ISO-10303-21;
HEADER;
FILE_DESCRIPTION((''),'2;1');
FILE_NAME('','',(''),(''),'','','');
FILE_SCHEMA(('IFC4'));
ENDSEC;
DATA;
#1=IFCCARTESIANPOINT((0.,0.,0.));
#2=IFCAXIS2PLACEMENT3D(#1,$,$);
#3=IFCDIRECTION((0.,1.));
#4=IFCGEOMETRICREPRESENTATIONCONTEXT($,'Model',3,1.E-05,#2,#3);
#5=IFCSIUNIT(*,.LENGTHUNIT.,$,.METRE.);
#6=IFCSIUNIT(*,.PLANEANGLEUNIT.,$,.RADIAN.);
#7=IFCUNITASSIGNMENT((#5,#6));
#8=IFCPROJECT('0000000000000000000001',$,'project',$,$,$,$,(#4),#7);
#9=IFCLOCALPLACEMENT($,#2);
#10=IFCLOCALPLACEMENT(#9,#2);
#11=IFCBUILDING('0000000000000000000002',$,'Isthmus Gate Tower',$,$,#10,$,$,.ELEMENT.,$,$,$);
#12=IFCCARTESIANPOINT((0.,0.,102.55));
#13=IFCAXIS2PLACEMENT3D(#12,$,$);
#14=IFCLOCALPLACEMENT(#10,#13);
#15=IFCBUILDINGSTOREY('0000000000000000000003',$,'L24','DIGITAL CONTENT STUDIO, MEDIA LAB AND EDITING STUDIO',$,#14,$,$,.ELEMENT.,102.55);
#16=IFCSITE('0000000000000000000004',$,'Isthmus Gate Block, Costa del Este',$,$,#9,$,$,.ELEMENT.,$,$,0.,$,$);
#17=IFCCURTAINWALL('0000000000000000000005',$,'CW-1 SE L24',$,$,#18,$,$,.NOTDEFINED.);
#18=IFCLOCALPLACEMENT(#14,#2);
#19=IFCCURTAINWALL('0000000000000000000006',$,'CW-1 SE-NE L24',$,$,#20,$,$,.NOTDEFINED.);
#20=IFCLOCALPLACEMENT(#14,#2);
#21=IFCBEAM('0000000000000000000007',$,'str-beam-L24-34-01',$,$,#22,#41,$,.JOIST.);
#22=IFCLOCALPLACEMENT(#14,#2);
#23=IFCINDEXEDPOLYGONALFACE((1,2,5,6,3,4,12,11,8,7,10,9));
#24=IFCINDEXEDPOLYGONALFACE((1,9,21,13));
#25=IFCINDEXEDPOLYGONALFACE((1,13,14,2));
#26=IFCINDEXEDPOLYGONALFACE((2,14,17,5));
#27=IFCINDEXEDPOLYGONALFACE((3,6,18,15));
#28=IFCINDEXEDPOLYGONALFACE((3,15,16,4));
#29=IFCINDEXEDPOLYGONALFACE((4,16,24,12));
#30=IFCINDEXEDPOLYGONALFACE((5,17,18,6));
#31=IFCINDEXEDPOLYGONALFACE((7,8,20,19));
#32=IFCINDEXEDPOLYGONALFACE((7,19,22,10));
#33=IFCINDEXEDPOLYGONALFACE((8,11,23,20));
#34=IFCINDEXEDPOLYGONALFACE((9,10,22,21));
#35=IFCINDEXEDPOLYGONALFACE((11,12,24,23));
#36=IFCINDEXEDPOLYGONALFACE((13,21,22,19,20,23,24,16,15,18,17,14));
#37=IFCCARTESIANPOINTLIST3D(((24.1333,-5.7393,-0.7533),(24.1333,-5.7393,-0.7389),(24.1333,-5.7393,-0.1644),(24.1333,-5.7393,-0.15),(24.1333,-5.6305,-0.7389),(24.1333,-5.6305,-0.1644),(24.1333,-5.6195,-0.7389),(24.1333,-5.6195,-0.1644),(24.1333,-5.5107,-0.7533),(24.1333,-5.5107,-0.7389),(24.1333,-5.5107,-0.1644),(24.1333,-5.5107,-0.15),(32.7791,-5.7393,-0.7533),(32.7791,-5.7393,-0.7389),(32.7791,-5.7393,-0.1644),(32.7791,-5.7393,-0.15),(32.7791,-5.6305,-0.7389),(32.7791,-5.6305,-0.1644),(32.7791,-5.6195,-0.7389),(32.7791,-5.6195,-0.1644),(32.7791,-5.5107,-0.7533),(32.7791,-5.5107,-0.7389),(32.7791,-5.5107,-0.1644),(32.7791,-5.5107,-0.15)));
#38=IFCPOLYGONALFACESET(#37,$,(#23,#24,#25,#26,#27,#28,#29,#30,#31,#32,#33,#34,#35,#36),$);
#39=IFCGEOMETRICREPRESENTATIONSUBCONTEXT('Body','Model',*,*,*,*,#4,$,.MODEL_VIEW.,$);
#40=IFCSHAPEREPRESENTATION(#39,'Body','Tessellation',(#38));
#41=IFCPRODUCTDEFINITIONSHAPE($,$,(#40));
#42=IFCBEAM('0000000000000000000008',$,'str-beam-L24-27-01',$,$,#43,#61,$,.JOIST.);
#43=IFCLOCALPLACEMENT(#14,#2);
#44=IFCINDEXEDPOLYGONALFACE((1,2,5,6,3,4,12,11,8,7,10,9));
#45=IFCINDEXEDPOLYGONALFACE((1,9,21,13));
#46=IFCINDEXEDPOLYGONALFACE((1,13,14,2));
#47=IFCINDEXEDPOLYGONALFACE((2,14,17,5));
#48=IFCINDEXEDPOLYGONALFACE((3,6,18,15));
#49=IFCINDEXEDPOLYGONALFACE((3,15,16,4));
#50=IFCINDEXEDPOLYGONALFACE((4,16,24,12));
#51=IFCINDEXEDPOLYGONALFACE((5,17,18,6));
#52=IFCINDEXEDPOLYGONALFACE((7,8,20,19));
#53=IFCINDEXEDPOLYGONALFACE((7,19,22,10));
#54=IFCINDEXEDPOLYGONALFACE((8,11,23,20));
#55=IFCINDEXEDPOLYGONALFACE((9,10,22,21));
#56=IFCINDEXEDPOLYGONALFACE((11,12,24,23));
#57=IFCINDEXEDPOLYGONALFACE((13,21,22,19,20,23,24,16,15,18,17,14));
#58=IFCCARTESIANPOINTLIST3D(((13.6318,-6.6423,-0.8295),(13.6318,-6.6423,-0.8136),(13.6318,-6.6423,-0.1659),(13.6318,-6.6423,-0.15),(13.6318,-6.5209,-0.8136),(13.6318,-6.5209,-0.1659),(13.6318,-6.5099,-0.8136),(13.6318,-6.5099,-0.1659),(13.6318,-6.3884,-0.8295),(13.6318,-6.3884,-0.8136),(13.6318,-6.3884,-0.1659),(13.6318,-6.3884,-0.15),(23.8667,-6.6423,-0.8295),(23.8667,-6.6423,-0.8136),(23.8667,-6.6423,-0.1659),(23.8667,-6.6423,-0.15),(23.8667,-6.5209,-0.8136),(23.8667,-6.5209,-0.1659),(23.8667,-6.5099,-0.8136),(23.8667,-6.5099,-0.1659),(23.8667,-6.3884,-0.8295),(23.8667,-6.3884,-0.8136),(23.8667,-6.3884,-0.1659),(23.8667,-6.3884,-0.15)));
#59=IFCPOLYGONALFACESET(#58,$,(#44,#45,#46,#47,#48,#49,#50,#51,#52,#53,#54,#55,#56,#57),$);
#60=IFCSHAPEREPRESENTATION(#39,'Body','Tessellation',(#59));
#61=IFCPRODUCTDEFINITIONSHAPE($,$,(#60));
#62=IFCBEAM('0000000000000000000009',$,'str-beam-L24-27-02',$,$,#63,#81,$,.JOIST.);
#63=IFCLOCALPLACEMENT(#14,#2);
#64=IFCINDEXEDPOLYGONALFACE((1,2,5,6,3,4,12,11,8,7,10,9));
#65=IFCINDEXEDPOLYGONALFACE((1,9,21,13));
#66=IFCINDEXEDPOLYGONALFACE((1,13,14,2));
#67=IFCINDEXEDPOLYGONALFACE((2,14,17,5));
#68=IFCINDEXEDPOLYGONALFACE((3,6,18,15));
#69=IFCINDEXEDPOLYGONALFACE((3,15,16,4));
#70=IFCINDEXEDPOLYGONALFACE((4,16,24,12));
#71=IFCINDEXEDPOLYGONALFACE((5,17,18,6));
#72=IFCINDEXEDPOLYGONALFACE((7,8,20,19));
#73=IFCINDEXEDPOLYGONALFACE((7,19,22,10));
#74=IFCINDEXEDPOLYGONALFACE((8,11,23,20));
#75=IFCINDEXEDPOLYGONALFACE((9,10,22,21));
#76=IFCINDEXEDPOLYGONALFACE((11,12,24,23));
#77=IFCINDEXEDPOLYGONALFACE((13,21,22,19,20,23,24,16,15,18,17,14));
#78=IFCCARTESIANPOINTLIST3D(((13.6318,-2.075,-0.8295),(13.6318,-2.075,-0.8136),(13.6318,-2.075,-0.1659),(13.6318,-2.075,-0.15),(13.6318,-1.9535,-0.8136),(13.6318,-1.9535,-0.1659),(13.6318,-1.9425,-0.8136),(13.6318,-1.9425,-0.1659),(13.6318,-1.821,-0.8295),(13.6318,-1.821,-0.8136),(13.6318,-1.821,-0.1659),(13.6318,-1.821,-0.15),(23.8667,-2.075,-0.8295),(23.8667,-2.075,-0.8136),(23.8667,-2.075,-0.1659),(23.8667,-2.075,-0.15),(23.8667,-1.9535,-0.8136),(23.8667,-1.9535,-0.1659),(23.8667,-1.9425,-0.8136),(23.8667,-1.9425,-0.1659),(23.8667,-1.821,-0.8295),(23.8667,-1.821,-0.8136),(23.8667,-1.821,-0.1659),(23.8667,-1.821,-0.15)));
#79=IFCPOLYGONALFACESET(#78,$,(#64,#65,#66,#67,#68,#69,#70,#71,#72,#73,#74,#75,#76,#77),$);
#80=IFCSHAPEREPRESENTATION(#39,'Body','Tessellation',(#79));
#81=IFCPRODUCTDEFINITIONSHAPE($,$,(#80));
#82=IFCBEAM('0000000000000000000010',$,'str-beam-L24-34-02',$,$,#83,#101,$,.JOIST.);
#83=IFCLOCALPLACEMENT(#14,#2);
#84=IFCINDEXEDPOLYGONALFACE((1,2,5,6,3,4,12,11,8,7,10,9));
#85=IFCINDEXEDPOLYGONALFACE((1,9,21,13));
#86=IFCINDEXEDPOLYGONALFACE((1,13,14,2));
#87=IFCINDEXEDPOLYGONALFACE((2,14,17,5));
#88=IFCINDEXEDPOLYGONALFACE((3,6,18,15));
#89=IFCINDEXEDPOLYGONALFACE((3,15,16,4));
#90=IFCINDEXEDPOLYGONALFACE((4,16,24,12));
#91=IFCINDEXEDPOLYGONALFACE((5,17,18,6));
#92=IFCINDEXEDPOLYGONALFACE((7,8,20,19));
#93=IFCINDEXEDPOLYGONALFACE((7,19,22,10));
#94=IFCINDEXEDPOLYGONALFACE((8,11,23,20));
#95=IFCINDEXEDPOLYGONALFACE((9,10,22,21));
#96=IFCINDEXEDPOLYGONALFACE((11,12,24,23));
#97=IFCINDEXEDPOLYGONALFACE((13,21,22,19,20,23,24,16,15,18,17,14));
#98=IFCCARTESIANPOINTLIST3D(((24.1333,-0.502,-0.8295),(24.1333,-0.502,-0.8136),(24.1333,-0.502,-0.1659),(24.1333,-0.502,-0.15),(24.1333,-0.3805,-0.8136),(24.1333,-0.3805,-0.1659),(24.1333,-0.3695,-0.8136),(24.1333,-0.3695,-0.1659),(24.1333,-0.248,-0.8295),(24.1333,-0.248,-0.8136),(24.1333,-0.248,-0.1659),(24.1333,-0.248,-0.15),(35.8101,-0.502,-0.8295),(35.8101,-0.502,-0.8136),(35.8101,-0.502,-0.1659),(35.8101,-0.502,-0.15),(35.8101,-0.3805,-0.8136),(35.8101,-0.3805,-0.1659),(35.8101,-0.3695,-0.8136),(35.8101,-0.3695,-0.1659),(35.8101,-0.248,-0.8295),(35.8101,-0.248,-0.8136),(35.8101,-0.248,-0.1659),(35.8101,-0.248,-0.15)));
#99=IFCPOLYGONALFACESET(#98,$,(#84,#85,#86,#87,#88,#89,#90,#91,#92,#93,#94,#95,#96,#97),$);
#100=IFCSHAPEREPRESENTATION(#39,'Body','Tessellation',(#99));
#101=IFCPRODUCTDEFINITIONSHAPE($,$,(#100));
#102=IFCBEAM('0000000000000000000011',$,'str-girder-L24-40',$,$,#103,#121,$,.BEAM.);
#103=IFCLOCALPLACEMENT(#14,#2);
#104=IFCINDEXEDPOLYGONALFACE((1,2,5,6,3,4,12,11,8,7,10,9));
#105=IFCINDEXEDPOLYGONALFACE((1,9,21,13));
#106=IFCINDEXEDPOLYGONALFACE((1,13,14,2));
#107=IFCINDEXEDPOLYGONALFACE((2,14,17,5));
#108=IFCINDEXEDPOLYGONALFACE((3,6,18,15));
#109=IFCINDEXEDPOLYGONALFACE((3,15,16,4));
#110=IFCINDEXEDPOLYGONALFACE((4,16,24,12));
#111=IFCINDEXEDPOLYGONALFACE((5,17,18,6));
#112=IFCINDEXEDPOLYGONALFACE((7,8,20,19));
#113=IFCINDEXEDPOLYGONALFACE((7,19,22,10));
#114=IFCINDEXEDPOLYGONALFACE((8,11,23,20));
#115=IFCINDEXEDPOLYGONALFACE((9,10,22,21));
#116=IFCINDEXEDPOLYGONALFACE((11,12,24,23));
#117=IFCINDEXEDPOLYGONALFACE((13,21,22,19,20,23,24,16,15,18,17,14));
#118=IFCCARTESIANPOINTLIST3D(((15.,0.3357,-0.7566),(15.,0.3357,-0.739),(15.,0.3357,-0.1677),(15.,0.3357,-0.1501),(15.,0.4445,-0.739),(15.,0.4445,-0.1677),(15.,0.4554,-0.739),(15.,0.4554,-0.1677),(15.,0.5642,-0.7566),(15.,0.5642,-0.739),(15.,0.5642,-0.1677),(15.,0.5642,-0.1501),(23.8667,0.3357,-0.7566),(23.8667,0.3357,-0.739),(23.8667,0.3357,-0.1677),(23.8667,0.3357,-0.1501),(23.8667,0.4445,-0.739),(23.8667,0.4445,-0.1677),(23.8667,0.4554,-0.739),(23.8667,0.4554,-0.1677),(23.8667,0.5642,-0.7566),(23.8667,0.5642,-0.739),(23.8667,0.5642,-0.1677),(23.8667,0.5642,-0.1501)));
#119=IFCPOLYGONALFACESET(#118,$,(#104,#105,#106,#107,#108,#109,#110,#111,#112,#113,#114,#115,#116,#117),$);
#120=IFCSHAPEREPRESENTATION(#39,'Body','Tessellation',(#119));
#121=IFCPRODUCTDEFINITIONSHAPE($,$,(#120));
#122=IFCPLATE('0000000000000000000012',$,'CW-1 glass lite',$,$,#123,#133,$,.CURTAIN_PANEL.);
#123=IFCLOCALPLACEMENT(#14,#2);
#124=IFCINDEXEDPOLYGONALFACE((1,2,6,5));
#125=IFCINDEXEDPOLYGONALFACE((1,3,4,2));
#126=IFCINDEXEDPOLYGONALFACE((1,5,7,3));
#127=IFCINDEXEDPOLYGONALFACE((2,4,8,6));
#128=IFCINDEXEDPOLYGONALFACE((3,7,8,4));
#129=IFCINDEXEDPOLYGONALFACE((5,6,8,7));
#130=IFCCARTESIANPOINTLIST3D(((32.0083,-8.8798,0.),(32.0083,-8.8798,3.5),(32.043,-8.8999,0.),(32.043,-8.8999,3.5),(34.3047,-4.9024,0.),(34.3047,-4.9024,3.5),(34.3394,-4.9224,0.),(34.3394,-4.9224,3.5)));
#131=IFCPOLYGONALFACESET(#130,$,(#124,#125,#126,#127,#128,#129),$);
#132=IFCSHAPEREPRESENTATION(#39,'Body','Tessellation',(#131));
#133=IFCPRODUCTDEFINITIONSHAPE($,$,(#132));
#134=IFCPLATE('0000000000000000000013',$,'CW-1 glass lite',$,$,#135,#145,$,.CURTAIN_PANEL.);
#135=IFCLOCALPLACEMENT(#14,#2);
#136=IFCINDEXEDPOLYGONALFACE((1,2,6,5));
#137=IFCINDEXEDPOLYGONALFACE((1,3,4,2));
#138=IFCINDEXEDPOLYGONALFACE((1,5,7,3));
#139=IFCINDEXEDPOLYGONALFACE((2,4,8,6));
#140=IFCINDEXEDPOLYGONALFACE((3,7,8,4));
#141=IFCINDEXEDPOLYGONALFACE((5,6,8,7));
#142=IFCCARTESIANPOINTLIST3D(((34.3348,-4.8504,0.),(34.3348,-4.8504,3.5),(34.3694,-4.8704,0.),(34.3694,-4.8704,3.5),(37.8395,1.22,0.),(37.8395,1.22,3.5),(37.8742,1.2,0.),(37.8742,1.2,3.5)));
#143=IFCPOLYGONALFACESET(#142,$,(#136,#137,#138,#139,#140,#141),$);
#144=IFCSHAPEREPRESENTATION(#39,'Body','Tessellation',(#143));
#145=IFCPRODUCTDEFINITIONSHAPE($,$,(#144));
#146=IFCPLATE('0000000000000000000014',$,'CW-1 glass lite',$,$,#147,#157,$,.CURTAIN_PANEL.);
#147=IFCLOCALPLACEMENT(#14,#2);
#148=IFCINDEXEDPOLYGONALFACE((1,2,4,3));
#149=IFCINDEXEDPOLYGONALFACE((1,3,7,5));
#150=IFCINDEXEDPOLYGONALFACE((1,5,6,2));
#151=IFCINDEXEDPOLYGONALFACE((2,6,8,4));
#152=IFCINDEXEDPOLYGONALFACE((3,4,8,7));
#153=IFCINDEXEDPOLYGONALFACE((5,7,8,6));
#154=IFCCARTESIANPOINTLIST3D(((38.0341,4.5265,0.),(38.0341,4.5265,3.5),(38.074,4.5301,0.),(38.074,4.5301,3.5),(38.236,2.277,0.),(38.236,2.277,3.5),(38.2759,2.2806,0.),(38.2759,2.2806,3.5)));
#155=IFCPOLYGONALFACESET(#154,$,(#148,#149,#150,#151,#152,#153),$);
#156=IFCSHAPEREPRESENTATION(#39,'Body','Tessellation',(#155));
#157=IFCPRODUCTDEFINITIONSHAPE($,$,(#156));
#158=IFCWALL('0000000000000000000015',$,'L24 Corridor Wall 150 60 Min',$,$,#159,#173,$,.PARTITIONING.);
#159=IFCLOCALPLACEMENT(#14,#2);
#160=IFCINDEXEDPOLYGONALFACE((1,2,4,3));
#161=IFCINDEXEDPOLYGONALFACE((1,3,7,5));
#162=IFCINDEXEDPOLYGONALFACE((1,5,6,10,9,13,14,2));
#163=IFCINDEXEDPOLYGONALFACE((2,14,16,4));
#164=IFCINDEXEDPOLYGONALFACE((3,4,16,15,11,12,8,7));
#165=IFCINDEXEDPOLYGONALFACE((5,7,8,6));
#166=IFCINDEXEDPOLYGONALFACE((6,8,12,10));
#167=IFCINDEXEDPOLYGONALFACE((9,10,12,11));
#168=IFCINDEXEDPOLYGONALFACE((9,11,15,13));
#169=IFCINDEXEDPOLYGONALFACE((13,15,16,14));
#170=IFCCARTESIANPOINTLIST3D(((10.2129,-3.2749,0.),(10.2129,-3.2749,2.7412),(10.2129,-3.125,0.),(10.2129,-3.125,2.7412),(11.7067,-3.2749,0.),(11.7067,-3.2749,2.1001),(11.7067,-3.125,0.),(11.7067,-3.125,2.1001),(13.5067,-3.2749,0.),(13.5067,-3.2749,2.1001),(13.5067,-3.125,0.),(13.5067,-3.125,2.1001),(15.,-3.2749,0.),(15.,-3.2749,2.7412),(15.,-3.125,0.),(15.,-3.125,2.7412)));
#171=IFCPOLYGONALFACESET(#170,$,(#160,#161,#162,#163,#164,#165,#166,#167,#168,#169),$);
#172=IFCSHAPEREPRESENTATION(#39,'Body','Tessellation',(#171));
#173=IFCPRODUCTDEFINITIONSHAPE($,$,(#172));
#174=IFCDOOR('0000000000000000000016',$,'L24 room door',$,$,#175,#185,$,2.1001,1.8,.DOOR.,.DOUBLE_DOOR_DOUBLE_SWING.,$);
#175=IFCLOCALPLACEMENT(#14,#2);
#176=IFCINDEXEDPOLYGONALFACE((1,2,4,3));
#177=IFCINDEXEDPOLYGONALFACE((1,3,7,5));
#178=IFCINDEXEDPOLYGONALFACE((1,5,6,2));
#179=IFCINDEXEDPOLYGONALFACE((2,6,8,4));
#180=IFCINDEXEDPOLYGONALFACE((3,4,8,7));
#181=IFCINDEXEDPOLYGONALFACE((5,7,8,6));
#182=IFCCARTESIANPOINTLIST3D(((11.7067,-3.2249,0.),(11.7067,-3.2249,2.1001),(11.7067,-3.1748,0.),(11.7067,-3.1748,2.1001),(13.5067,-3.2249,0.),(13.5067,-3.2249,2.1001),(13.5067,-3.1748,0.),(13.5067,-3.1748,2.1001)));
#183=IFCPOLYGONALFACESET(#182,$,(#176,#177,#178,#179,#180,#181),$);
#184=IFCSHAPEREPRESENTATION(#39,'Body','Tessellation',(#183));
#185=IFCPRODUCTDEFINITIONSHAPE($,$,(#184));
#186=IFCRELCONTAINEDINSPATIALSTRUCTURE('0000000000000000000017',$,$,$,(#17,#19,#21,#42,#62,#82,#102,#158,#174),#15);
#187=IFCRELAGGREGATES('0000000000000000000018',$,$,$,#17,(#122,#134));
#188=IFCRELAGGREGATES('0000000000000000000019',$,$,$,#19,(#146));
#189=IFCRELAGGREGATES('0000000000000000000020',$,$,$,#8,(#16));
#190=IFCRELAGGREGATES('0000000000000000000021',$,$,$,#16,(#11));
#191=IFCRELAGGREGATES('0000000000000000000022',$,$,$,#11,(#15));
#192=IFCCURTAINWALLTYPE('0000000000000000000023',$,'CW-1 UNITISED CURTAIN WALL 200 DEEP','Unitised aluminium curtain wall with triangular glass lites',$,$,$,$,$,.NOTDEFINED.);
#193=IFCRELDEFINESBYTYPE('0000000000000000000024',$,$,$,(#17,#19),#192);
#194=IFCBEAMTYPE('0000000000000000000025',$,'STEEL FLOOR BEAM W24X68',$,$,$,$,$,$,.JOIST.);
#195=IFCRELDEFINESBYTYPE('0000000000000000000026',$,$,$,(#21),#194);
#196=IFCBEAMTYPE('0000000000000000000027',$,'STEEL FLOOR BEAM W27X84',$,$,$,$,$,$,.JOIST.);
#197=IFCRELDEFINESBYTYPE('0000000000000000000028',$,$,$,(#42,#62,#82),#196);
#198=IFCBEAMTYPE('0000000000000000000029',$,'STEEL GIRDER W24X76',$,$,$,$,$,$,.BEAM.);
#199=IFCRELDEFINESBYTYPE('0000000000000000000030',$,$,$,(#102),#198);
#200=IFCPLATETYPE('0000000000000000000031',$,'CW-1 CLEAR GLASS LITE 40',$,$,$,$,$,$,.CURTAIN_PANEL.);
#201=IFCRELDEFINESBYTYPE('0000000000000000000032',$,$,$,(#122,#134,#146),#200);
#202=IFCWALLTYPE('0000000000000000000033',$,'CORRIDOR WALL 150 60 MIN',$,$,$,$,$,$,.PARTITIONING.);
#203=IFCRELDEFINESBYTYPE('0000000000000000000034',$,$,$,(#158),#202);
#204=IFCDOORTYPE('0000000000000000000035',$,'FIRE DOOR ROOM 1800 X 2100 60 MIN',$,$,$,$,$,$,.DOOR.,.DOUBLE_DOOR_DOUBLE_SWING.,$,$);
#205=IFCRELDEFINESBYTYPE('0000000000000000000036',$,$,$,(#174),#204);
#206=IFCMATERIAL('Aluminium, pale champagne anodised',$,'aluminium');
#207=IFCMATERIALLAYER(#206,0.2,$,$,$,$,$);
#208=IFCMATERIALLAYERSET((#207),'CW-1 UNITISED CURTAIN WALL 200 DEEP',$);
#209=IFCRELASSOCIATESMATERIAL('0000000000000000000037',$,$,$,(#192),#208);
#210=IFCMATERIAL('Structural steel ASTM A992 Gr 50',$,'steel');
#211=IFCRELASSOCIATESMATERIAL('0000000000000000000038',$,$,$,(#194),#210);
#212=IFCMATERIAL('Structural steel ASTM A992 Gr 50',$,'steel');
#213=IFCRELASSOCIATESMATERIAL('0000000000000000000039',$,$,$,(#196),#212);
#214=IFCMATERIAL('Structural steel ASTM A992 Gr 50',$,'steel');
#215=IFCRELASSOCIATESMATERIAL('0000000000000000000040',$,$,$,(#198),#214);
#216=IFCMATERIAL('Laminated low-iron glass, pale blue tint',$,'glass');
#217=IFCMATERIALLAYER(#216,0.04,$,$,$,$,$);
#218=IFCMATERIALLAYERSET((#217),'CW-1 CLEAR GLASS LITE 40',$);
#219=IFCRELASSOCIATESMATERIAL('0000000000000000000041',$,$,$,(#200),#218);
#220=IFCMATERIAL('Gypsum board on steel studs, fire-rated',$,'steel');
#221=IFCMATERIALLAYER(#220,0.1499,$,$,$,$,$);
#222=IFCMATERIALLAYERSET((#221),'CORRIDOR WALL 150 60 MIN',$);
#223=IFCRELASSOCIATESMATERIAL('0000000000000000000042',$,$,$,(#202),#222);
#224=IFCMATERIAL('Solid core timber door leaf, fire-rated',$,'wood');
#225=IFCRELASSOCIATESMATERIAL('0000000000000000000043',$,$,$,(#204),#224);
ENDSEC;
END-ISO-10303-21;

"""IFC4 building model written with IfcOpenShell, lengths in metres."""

from ifc_helpers import new_model, si_unit, direction, frame, frame_2d, origin, origin_2d, place, context, subcontext, project, spatial, rectangle, i_section, extrude, material, layer, layer_set, material_profile, profile_set, type_object, element, fill, aggregate, save


model = new_model("IFC4")

# Units and contexts
model_context = context("Model", 3, precision=1e-05, world=origin(), true_north=direction((0.0, 1.0)))
body_context = subcontext(model_context, "Body", "Model", "MODEL_VIEW")
ifc_project = project(units=[si_unit("LENGTHUNIT", "METRE"), si_unit("PLANEANGLEUNIT", "RADIAN")], contexts=[model_context])

# Site, building, storey
site_placement = place(None, origin())
site = spatial("IfcSite", under=ifc_project, at=site_placement, Name="Isthmus Gate Block, Costa del Este", CompositionType="ELEMENT", RefElevation=0.0)
building_placement = place(site_placement, origin())
building = spatial("IfcBuilding", under=site, at=building_placement, Name="Isthmus Gate Tower", CompositionType="ELEMENT")
storey_placement = place(building_placement, frame((0.0, 0.0, 102.55)))
storey = spatial("IfcBuildingStorey", under=building, at=storey_placement, Name="L24", Description="DIGITAL CONTENT STUDIO, MEDIA LAB AND EDITING STUDIO", CompositionType="ELEMENT", Elevation=102.55)

# Curtain walls
ifc_material_1 = material(Name="Aluminium, pale champagne anodised", Category="aluminium")
ifc_layer_1 = layer(ifc_material_1, 0.2)
ifc_layer_set_1 = layer_set([ifc_layer_1], Name="CW-1 UNITISED CURTAIN WALL 200 DEEP")
curtain_wall_type = type_object("IfcCurtainWallType", Name="CW-1 UNITISED CURTAIN WALL 200 DEEP", Description="Unitised aluminium curtain wall with triangular glass lites", PredefinedType="NOTDEFINED", material=ifc_layer_set_1)
curtain_wall_1_placement = place(storey_placement, origin())
curtain_wall_1 = element("IfcCurtainWall", 1, at=curtain_wall_1_placement, inside=storey, type_object=curtain_wall_type, Name="CW-1 SE L24", PredefinedType="NOTDEFINED")
curtain_wall_2_placement = place(storey_placement, origin())
curtain_wall_2 = element("IfcCurtainWall", 2, at=curtain_wall_2_placement, inside=storey, type_object=curtain_wall_type, Name="CW-1 SE-NE L24", PredefinedType="NOTDEFINED")

# Beams
ifc_material_2 = material(Name="Structural steel ASTM A992 Gr 50", Category="steel")
ifc_material_profile_1 = material_profile(ifc_material_2, i_section(OverallWidth=0.2285, OverallDepth=0.6033, WebThickness=0.011, FlangeThickness=0.0144, at=origin_2d()), Name="W24X68")
ifc_profile_set_1 = profile_set([ifc_material_profile_1], Name="Structural steel ASTM A992 Gr 50")
beam_type_1 = type_object("IfcBeamType", Name="STEEL FLOOR BEAM W24X68", PredefinedType="JOIST", material=ifc_profile_set_1)
beam_1_placement = place(storey_placement, frame((24.1333, -5.625, -0.4517), z_axis=(1.0, 0.0, 0.0), x_axis=(0.0, 1.0, 0.0)))
element("IfcBeam", 3, at=beam_1_placement, inside=storey, type_object=beam_type_1, Name="str-beam-L24-34-01", PredefinedType="JOIST", context=body_context, shape_type="SweptSolid", body=[
    extrude(i_section(OverallWidth=0.2285, OverallDepth=0.6033, WebThickness=0.011, FlangeThickness=0.0144, at=origin_2d()), origin(), (0.0, 0.0, 1.0), 8.6458),
])
ifc_material_3 = material(Name="Structural steel ASTM A992 Gr 50", Category="steel")
ifc_material_profile_2 = material_profile(ifc_material_3, i_section(OverallWidth=0.2539, OverallDepth=0.6794, WebThickness=0.011, FlangeThickness=0.0159, at=origin_2d()), Name="W27X84")
ifc_profile_set_2 = profile_set([ifc_material_profile_2], Name="Structural steel ASTM A992 Gr 50")
beam_type_2 = type_object("IfcBeamType", Name="STEEL FLOOR BEAM W27X84", PredefinedType="JOIST", material=ifc_profile_set_2)
for number, where, z_axis, x_axis, name in (
    (4, (13.6318, -6.5154, -0.4897), (1.0, 0.0, 0.0), (0.0, 1.0, 0.0), "str-beam-L24-27-01"),
    (5, (13.6318, -1.948, -0.4897), (1.0, 0.0, 0.0), (0.0, 1.0, 0.0), "str-beam-L24-27-02"),
):
    element("IfcBeam", number, at=place(storey_placement, frame(where, z_axis=z_axis, x_axis=x_axis)), inside=storey, type_object=beam_type_2, Name=name, PredefinedType="JOIST", context=body_context, shape_type="SweptSolid", body=[
        extrude(i_section(OverallWidth=0.2539, OverallDepth=0.6794, WebThickness=0.011, FlangeThickness=0.0159, at=origin_2d()), origin(), (0.0, 0.0, 1.0), 10.2349),
    ])
beam_2_placement = place(storey_placement, frame((24.1333, -0.375, -0.4897), z_axis=(1.0, 0.0, 0.0), x_axis=(0.0, 1.0, 0.0)))
element("IfcBeam", 6, at=beam_2_placement, inside=storey, type_object=beam_type_2, Name="str-beam-L24-34-02", PredefinedType="JOIST", context=body_context, shape_type="SweptSolid", body=[
    extrude(i_section(OverallWidth=0.2539, OverallDepth=0.6794, WebThickness=0.011, FlangeThickness=0.0159, at=origin_2d()), origin(), (0.0, 0.0, 1.0), 11.6768),
])
ifc_material_4 = material(Name="Structural steel ASTM A992 Gr 50", Category="steel")
ifc_material_profile_3 = material_profile(ifc_material_4, i_section(OverallWidth=0.2285, OverallDepth=0.6064, WebThickness=0.011, FlangeThickness=0.0176, at=origin_2d()), Name="W24X76")
ifc_profile_set_3 = profile_set([ifc_material_profile_3], Name="Structural steel ASTM A992 Gr 50")
beam_type_3 = type_object("IfcBeamType", Name="STEEL GIRDER W24X76", PredefinedType="BEAM", material=ifc_profile_set_3)
beam_3_placement = place(storey_placement, frame((15.0, 0.45, -0.4534), z_axis=(1.0, 0.0, 0.0), x_axis=(0.0, 1.0, 0.0)))
element("IfcBeam", 7, at=beam_3_placement, inside=storey, type_object=beam_type_3, Name="str-girder-L24-40", PredefinedType="BEAM", context=body_context, shape_type="SweptSolid", body=[
    extrude(i_section(OverallWidth=0.2285, OverallDepth=0.6064, WebThickness=0.011, FlangeThickness=0.0176, at=origin_2d()), origin(), (0.0, 0.0, 1.0), 8.8667),
])

# Plates
ifc_material_5 = material(Name="Laminated low-iron glass, pale blue tint", Category="glass")
ifc_layer_2 = layer(ifc_material_5, 0.04)
ifc_layer_set_2 = layer_set([ifc_layer_2], Name="CW-1 CLEAR GLASS LITE 40")
plate_type = type_object("IfcPlateType", Name="CW-1 CLEAR GLASS LITE 40", PredefinedType="CURTAIN_PANEL", material=ifc_layer_set_2)
plate_1_placement = place(storey_placement, frame((33.1738, -6.9011, 0.0), z_axis=(0.0, 0.0, 1.0), x_axis=(0.5, 0.866025, 0.0)))
plate_1 = element("IfcPlate", 8, at=plate_1_placement, type_object=plate_type, Name="CW-1 glass lite", PredefinedType="CURTAIN_PANEL", context=body_context, shape_type="SweptSolid", body=[
    extrude(rectangle(XDim=4.5928, YDim=0.04, at=origin_2d()), origin(), (0.0, 0.0, 1.0), 3.5),
])
plate_2_placement = place(storey_placement, frame((36.1045, -1.8252, 0.0), z_axis=(0.0, 0.0, 1.0), x_axis=(0.5, 0.866025, 0.0)))
plate_2 = element("IfcPlate", 9, at=plate_2_placement, type_object=plate_type, Name="CW-1 glass lite", PredefinedType="CURTAIN_PANEL", context=body_context, shape_type="SweptSolid", body=[
    extrude(rectangle(XDim=7.0095, YDim=0.04, at=origin_2d()), origin(), (0.0, 0.0, 1.0), 3.5),
])
aggregate(curtain_wall_1, [plate_1, plate_2])
plate_3_placement = place(storey_placement, frame((38.155, 3.4036, 0.0), z_axis=(0.0, 0.0, 1.0), x_axis=(-0.089397, 0.995996, 0.0)))
plate_3 = element("IfcPlate", 10, at=plate_3_placement, type_object=plate_type, Name="CW-1 glass lite", PredefinedType="CURTAIN_PANEL", context=body_context, shape_type="SweptSolid", body=[
    extrude(rectangle(XDim=2.2585, YDim=0.04, at=origin_2d()), origin(), (0.0, 0.0, 1.0), 3.5),
])
aggregate(curtain_wall_2, [plate_3])

# Wall, opening, door
ifc_material_6 = material(Name="Gypsum board on steel studs, fire-rated", Category="steel")
ifc_layer_3 = layer(ifc_material_6, 0.1499)
ifc_layer_set_3 = layer_set([ifc_layer_3], Name="CORRIDOR WALL 150 60 MIN")
wall_type_1 = type_object("IfcWallType", Name="CORRIDOR WALL 150 60 MIN", PredefinedType="PARTITIONING", material=ifc_layer_set_3)
wall_1_placement = place(storey_placement, frame((15.0, -3.2, 0.0), z_axis=(0.0, 0.0, 1.0), x_axis=(-1.0, 0.0, 0.0)))
wall_1 = element("IfcWall", 11, at=wall_1_placement, inside=storey, type_object=wall_type_1, Name="L24 Corridor Wall 150 60 Min", PredefinedType="PARTITIONING", context=body_context, shape_type="SweptSolid", body=[
    extrude(rectangle(XDim=4.7871, YDim=0.1499, at=frame_2d((2.3936, 0.0))), origin(), (0.0, 0.0, 1.0), 2.7412),
])
opening_1_placement = place(wall_1_placement, frame((1.4934, 0.0, 0.0)))
opening_1 = element("IfcOpeningElement", 12, at=opening_1_placement, cuts=wall_1, PredefinedType="OPENING", context=body_context, shape_type="SweptSolid", body=[
    extrude(rectangle(XDim=1.8, YDim=2.1001, at=frame_2d((0.8999, 1.05))), frame((0.0, 0.085, 0.0), z_axis=(0.0, -1.0, 0.0), x_axis=(1.0, 0.0, 0.0)), (0.0, 0.0, 1.0), 0.1699),
])
ifc_material_7 = material(Name="Solid core timber door leaf, fire-rated", Category="wood")
door_type_1 = type_object("IfcDoorType", Name="FIRE DOOR ROOM 1800 X 2100 60 MIN", OperationType="DOUBLE_DOOR_DOUBLE_SWING", PredefinedType="DOOR", material=ifc_material_7)
door_1_placement = place(opening_1_placement, origin())
door_1 = element("IfcDoor", 13, at=door_1_placement, inside=storey, type_object=door_type_1, Name="L24 room door", OperationType="DOUBLE_DOOR_DOUBLE_SWING", OverallHeight=2.1001, OverallWidth=1.8, PredefinedType="DOOR", context=body_context, shape_type="SweptSolid", body=[
    extrude(rectangle(XDim=1.8, YDim=2.1001, at=frame_2d((0.8999, 1.05))), frame((0.0, 0.0249, 0.0), z_axis=(0.0, -1.0, 0.0), x_axis=(1.0, 0.0, 0.0)), (0.0, 0.0, 1.0), 0.05),
])
fill(opening_1, door_1)

save(model, "model.ifc")
